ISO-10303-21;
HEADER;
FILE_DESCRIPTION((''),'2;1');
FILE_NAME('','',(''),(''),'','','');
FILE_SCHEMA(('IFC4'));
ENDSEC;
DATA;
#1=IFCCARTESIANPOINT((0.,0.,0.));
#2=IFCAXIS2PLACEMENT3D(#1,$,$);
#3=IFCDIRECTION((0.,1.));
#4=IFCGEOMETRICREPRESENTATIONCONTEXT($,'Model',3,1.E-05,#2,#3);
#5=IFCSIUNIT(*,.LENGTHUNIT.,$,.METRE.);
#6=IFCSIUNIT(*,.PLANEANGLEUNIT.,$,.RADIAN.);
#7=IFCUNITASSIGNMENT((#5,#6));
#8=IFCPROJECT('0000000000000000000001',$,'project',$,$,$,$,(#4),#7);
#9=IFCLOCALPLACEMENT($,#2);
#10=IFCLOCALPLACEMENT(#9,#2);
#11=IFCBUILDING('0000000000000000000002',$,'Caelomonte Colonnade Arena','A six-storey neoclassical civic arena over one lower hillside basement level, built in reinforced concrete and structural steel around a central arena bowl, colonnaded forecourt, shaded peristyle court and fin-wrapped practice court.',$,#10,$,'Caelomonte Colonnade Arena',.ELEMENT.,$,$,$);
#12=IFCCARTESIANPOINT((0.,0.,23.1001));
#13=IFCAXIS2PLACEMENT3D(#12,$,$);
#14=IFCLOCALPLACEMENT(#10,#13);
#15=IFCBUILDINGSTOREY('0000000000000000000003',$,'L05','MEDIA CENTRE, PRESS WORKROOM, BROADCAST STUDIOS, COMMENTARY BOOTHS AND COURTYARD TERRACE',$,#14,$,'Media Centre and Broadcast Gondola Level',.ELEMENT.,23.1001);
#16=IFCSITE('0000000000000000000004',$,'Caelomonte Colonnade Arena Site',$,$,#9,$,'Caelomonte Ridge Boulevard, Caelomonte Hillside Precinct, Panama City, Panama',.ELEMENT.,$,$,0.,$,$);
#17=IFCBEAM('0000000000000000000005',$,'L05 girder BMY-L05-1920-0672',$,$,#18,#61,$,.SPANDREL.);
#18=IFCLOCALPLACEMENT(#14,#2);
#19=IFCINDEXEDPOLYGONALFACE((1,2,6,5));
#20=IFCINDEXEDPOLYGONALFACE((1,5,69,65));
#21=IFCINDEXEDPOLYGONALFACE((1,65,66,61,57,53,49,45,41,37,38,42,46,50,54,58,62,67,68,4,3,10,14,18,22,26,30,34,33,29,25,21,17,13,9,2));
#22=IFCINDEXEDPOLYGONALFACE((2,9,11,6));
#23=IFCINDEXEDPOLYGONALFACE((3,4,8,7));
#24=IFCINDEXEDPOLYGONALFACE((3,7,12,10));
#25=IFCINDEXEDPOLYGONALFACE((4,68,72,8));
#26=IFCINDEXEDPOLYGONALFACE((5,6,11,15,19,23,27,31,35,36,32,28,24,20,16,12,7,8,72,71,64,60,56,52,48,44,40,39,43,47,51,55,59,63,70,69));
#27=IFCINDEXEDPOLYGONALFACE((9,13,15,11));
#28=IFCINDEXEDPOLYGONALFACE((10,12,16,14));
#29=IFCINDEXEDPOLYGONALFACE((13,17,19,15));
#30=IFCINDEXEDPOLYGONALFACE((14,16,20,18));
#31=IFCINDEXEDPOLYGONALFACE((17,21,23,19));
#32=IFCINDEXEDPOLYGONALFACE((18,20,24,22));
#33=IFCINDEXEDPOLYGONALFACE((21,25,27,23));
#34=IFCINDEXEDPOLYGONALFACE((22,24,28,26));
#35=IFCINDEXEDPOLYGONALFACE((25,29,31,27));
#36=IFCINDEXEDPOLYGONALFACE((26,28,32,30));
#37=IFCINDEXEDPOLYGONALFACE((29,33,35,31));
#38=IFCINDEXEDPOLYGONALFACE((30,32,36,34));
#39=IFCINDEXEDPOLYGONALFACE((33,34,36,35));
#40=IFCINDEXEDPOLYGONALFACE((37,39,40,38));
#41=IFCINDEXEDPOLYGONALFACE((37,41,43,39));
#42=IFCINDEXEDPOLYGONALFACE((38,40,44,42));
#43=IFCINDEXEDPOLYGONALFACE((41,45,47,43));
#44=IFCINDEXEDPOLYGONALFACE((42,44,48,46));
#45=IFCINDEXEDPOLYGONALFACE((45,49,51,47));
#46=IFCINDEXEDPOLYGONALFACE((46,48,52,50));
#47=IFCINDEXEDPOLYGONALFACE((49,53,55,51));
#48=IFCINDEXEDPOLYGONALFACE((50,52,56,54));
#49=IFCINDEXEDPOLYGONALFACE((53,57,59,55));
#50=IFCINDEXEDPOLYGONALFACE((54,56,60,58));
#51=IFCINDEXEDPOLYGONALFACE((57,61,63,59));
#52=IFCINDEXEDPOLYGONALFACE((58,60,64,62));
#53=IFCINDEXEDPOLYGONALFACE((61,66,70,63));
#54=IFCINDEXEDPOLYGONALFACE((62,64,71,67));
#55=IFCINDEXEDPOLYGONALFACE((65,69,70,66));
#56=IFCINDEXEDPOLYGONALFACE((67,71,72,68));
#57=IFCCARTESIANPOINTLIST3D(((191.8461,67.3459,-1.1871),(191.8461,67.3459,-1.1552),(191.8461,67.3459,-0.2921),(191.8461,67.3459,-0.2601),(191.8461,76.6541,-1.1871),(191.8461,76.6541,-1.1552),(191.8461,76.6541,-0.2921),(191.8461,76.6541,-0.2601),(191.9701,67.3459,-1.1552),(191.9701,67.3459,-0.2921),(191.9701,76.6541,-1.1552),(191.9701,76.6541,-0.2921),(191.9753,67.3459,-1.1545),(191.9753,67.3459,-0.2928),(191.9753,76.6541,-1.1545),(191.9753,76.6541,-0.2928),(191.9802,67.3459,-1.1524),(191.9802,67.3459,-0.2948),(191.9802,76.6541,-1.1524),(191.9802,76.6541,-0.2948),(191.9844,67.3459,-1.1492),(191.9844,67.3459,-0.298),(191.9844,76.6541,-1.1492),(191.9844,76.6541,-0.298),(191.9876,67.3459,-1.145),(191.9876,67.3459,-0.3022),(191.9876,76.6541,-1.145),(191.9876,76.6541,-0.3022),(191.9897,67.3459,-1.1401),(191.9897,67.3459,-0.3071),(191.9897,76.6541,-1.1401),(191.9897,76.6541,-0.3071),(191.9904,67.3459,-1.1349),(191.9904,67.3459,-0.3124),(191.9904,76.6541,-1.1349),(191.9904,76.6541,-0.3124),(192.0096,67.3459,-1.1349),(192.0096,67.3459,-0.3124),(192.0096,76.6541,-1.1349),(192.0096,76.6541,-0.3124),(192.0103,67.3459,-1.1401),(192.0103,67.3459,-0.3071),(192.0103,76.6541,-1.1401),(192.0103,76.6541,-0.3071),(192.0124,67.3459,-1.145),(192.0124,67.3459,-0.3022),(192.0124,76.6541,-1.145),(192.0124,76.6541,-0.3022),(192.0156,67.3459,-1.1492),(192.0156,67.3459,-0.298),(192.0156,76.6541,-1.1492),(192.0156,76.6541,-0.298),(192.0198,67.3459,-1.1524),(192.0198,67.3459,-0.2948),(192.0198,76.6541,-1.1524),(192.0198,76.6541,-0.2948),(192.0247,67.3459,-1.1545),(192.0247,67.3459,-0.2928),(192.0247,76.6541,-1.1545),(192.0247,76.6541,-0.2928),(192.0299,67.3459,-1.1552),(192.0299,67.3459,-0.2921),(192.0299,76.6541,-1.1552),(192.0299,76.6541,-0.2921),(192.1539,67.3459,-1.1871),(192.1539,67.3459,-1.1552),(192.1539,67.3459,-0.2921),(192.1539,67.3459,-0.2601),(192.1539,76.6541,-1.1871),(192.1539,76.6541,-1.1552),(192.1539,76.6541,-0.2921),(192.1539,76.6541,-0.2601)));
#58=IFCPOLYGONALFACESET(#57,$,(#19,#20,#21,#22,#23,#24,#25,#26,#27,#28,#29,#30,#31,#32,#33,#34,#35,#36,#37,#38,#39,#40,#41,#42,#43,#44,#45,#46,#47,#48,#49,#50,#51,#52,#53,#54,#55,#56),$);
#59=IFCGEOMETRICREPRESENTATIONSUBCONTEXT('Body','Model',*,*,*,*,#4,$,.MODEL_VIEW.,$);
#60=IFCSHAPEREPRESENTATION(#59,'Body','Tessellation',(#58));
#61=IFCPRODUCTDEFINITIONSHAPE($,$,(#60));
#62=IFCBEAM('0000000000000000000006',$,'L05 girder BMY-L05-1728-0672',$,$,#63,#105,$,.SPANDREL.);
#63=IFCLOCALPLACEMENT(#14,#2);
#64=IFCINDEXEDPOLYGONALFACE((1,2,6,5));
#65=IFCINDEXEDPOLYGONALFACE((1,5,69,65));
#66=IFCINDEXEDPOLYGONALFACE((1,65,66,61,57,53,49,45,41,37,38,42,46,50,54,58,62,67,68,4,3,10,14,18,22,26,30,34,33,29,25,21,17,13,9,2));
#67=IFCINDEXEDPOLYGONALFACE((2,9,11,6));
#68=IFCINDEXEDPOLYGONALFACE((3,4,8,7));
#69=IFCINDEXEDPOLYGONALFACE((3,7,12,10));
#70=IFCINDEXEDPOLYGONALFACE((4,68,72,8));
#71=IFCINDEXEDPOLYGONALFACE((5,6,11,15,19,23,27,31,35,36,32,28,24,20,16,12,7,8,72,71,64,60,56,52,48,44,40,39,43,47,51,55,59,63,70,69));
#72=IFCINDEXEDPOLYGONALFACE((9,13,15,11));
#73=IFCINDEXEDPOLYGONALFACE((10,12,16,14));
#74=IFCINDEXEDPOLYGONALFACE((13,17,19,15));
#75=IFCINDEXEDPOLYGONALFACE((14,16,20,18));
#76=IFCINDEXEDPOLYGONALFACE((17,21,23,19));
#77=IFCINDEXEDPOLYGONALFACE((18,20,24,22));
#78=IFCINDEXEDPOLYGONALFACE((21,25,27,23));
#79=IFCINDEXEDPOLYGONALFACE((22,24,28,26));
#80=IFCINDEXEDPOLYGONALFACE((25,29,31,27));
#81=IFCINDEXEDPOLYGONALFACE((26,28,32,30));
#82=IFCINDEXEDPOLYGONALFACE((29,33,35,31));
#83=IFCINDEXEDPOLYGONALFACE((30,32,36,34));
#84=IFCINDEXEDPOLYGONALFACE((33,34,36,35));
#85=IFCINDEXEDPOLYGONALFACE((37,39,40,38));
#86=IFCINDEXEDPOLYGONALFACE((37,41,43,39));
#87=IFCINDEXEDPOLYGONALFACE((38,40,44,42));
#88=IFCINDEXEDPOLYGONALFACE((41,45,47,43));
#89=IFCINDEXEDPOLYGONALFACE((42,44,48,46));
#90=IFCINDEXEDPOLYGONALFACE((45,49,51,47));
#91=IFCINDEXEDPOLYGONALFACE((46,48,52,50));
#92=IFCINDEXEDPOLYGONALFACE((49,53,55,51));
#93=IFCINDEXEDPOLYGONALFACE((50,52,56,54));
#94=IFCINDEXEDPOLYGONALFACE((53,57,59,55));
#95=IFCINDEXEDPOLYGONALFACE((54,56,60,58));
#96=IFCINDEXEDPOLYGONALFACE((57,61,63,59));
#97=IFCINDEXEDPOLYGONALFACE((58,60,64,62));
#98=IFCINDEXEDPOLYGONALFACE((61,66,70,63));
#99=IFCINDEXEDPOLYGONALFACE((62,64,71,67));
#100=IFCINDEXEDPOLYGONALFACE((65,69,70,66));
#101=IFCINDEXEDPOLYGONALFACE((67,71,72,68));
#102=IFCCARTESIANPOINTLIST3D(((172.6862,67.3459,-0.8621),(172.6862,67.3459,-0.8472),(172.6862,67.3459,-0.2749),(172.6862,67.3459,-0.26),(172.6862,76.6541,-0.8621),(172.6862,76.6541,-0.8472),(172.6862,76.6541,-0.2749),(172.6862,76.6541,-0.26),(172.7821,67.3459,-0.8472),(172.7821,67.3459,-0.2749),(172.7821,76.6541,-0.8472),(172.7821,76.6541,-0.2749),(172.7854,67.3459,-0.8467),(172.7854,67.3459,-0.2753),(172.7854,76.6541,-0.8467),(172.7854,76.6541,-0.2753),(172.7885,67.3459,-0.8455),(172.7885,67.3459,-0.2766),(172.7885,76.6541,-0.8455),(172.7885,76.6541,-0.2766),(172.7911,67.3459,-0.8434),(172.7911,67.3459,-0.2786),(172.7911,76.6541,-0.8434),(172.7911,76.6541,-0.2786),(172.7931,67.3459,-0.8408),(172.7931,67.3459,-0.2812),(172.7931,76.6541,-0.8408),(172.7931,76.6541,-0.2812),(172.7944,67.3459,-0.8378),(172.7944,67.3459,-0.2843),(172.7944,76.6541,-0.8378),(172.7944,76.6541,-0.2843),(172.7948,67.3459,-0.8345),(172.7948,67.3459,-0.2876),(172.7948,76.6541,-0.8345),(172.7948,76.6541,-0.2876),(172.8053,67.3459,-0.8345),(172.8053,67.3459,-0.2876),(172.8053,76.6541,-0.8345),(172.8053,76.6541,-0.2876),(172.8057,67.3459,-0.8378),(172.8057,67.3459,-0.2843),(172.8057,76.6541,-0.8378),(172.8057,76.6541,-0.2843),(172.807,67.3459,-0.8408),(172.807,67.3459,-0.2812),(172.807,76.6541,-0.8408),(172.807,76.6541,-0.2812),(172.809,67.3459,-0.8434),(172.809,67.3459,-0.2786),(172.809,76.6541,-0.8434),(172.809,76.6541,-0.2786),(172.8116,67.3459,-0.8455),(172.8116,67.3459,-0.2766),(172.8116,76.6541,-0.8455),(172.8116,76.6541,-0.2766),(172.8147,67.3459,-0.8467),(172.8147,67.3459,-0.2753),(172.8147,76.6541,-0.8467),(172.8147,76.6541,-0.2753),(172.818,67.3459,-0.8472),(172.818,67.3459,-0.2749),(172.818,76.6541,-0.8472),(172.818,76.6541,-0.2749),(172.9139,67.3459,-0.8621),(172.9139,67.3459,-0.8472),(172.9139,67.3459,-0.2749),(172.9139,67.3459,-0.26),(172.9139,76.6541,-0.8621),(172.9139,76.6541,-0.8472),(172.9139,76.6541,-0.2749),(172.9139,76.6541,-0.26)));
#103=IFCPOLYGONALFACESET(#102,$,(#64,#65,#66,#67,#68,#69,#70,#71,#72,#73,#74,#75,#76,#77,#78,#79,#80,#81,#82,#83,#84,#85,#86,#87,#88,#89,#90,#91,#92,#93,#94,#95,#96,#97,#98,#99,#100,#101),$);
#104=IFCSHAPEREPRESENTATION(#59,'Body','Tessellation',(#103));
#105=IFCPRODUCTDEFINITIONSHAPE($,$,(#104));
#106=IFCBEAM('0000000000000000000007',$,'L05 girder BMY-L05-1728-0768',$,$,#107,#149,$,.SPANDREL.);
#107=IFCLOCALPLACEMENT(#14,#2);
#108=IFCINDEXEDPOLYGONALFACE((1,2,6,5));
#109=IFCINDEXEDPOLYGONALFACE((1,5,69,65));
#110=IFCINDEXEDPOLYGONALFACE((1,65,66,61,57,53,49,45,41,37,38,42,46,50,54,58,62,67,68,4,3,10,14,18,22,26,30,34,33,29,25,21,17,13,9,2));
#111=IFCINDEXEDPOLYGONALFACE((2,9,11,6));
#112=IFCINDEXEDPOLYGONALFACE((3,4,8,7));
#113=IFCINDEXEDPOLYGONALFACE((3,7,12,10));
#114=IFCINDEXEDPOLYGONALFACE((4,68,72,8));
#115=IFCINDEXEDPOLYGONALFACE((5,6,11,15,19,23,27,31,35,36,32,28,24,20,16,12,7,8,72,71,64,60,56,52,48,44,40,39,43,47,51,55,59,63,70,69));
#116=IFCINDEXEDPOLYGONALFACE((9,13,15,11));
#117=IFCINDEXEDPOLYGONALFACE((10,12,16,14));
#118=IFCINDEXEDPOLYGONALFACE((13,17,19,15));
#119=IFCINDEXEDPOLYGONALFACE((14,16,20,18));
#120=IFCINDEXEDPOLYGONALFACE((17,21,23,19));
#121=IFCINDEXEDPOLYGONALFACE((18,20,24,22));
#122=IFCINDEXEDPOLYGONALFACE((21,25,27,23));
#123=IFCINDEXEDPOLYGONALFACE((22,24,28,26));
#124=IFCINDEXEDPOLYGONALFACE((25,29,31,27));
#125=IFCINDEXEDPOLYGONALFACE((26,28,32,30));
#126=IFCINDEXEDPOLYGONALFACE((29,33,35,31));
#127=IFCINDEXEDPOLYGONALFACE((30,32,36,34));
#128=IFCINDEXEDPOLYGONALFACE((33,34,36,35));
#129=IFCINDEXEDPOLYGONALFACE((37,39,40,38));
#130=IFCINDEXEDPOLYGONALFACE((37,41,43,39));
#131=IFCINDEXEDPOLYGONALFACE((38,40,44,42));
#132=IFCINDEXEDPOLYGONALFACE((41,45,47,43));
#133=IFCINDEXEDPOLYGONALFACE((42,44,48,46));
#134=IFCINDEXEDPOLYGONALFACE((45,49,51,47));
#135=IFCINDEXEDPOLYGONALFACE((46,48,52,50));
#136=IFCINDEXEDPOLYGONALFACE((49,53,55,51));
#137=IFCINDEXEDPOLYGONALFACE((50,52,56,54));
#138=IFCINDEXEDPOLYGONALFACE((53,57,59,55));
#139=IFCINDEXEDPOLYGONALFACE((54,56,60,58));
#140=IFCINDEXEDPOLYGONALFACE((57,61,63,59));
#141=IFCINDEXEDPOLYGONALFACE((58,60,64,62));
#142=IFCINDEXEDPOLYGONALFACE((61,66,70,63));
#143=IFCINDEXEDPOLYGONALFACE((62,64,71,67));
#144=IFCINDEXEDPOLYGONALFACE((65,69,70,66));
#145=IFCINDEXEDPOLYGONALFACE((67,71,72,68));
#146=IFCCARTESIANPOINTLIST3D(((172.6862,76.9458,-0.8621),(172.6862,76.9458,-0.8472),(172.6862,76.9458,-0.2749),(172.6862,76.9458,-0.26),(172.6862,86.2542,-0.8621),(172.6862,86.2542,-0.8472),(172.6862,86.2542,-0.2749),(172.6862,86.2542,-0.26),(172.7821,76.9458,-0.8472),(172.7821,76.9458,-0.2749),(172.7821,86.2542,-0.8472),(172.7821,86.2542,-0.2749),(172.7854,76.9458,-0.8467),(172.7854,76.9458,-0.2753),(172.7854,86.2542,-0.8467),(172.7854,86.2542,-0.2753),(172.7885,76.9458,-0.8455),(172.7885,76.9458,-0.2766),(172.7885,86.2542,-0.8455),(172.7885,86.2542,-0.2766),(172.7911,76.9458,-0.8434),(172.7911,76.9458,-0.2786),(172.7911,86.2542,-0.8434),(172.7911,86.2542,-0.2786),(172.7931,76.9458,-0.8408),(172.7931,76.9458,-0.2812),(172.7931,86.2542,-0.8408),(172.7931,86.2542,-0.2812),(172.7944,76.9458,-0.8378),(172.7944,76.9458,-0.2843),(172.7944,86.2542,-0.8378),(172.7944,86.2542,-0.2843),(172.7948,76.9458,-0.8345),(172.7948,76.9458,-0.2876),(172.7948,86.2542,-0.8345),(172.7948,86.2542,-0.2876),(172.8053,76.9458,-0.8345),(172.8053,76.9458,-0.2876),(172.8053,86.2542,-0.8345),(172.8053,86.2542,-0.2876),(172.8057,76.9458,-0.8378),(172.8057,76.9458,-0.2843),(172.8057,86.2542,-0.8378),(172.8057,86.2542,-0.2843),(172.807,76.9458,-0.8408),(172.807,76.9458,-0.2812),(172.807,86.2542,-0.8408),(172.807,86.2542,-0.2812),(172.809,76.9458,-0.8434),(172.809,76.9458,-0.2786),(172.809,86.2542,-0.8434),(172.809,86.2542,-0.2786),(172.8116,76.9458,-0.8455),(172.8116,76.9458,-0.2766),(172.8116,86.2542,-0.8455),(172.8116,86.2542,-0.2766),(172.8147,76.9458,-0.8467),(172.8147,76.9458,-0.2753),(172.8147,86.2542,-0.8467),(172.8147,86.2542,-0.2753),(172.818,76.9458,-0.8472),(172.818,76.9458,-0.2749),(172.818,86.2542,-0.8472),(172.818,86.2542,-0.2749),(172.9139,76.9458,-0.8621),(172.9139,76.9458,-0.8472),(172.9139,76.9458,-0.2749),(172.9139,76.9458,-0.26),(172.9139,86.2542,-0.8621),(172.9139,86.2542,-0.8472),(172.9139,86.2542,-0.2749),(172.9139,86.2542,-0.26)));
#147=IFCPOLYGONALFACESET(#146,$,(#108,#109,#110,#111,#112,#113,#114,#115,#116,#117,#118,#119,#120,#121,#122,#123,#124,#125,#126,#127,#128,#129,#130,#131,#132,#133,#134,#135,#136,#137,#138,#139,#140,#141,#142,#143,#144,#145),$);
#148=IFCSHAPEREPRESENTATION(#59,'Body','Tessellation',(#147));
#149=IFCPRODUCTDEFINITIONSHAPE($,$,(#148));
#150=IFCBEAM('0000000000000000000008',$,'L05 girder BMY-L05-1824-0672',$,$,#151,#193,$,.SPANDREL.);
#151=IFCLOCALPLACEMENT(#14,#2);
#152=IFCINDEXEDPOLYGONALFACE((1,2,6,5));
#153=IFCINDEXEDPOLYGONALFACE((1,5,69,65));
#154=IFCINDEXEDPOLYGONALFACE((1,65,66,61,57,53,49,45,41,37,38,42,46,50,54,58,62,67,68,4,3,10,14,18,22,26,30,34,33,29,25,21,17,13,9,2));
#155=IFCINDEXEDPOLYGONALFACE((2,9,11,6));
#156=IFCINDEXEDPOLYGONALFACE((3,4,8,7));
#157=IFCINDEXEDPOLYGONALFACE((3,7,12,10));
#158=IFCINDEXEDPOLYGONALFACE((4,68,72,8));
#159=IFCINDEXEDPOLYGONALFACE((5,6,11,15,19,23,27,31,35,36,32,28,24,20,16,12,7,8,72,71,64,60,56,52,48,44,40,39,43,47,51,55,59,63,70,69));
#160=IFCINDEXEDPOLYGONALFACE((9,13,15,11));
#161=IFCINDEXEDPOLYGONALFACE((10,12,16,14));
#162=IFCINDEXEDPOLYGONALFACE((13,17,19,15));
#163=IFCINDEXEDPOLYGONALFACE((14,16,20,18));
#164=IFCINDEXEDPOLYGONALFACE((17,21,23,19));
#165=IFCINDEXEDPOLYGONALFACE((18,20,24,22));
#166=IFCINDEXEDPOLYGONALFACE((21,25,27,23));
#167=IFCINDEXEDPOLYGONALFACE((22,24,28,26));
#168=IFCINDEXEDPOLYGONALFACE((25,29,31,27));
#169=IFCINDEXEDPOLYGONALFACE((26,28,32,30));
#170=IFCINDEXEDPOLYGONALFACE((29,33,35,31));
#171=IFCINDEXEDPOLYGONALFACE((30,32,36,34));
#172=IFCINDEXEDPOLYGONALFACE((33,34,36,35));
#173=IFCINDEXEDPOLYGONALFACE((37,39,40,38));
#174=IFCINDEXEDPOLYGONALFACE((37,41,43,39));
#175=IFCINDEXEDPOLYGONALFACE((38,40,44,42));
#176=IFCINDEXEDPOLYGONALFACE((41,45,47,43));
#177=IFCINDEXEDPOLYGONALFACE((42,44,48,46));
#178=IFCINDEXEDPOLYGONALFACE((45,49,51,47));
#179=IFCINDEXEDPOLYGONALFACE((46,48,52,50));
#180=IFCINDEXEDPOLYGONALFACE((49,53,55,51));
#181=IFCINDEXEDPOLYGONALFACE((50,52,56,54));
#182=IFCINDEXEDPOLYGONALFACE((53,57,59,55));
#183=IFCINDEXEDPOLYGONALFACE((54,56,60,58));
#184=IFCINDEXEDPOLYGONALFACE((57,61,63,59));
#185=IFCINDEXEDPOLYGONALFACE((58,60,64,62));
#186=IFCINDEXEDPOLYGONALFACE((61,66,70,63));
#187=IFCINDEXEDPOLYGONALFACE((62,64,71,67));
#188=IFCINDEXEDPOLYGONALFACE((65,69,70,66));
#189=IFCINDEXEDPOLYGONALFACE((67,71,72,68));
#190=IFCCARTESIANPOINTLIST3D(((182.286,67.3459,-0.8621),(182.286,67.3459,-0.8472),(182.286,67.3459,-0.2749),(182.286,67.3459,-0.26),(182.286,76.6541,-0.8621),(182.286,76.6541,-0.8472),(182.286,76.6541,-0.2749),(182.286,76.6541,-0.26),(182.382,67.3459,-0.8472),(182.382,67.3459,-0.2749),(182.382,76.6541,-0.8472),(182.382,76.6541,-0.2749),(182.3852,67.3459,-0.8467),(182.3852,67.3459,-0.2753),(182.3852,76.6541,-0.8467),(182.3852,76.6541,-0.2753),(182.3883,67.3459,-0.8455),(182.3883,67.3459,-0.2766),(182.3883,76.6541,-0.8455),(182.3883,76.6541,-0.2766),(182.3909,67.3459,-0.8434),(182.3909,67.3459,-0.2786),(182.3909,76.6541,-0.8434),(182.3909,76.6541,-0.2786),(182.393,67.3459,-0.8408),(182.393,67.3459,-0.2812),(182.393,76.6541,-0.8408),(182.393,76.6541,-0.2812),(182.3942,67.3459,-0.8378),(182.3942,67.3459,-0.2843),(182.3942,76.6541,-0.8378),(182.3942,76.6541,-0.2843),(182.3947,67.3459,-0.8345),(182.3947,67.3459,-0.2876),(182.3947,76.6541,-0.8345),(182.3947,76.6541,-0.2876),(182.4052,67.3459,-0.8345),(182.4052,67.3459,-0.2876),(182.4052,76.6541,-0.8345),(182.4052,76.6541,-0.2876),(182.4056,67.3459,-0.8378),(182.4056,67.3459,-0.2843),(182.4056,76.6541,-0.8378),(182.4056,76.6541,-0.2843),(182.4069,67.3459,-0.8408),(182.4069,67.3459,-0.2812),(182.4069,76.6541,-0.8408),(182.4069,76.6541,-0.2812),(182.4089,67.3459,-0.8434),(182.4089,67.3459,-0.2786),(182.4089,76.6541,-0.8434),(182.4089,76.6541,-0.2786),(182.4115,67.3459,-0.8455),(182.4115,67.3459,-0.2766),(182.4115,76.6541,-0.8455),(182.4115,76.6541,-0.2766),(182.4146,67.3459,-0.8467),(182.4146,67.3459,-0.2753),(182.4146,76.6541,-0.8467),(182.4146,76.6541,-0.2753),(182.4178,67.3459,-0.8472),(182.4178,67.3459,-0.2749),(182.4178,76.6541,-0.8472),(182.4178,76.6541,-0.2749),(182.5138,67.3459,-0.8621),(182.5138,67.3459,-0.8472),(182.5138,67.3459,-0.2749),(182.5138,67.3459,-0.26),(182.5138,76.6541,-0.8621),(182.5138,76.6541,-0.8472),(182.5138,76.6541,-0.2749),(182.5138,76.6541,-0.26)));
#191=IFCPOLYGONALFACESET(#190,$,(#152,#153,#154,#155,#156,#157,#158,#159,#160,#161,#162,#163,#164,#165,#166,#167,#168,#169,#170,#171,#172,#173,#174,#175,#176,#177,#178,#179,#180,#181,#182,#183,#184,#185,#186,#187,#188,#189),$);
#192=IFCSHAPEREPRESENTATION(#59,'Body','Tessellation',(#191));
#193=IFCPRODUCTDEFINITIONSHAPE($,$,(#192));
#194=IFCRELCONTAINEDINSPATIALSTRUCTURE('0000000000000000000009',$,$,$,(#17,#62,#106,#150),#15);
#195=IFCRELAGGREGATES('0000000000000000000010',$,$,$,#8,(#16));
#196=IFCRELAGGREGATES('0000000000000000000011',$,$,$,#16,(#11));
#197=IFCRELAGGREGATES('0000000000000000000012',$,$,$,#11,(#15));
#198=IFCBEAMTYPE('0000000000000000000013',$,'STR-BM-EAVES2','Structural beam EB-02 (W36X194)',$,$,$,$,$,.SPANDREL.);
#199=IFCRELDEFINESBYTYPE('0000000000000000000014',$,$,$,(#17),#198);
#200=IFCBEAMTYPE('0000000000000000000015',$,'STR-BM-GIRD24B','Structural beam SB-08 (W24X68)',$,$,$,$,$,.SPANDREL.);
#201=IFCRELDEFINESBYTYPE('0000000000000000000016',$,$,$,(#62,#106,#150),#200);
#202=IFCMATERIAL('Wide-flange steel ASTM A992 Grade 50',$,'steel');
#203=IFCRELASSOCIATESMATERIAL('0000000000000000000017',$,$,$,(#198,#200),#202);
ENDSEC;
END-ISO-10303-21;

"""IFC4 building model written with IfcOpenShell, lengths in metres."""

from ifc_helpers import new_model, si_unit, direction, frame, origin, origin_2d, place, context, subcontext, project, spatial, i_section, extrude, material, material_profile, profile_set, type_object, element, save


model = new_model("IFC4")

# Units and contexts
model_context = context("Model", 3, precision=1e-05, world=origin(), true_north=direction((0.0, 1.0)))
body_context = subcontext(model_context, "Body", "Model", "MODEL_VIEW")
ifc_project = project(units=[si_unit("LENGTHUNIT", "METRE"), si_unit("PLANEANGLEUNIT", "RADIAN")], contexts=[model_context])

# Site, building, storey
site_placement = place(None, origin())
site = spatial("IfcSite", under=ifc_project, at=site_placement, Name="Caelomonte Colonnade Arena Site", LongName="Caelomonte Ridge Boulevard, Caelomonte Hillside Precinct, Panama City, Panama", CompositionType="ELEMENT", RefElevation=0.0)
building_placement = place(site_placement, origin())
building = spatial("IfcBuilding", under=site, at=building_placement, Name="Caelomonte Colonnade Arena", Description="A six-storey neoclassical civic arena over one lower hillside basement level, built in reinforced concrete and structural steel around a central arena bowl, colonnaded forecourt, shaded peristyle court and fin-wrapped practice court.", LongName="Caelomonte Colonnade Arena", CompositionType="ELEMENT")
storey_placement = place(building_placement, frame((0.0, 0.0, 23.1001)))
storey = spatial("IfcBuildingStorey", under=building, at=storey_placement, Name="L05", Description="MEDIA CENTRE, PRESS WORKROOM, BROADCAST STUDIOS, COMMENTARY BOOTHS AND COURTYARD TERRACE", LongName="Media Centre and Broadcast Gondola Level", CompositionType="ELEMENT", Elevation=23.1001)

# Beams
ifc_material_1 = material(Name="Wide-flange steel ASTM A992 Grade 50", Category="steel")
ifc_material_profile_1 = material_profile(ifc_material_1, i_section(OverallWidth=0.3079, OverallDepth=0.927, WebThickness=0.0193, FlangeThickness=0.032, FilletRadius=0.0203, at=origin_2d()), Name="W36X194")
ifc_profile_set_1 = profile_set([ifc_material_profile_1], Name="Wide-flange steel ASTM A992 Grade 50")
beam_type_1 = type_object("IfcBeamType", Name="STR-BM-EAVES2", Description="Structural beam EB-02 (W36X194)", PredefinedType="SPANDREL", material=ifc_profile_set_1)
beam_1_placement = place(storey_placement, frame((192.0, 67.3459, -0.7236), z_axis=(0.0, 1.0, 0.0), x_axis=(-1.0, 0.0, 0.0)))
element("IfcBeam", 1, at=beam_1_placement, inside=storey, type_object=beam_type_1, Name="L05 girder BMY-L05-1920-0672", PredefinedType="SPANDREL", context=body_context, shape_type="SweptSolid", body=[
    extrude(i_section(OverallWidth=0.3079, OverallDepth=0.927, WebThickness=0.0193, FlangeThickness=0.032, FilletRadius=0.0203, at=origin_2d()), origin(), (0.0, 0.0, 1.0), 9.3081),
])
ifc_material_profile_2 = material_profile(ifc_material_1, i_section(OverallWidth=0.2278, OverallDepth=0.6021, WebThickness=0.0105, FlangeThickness=0.0149, FilletRadius=0.0127, at=origin_2d()), Name="W24X68")
ifc_profile_set_2 = profile_set([ifc_material_profile_2], Name="Wide-flange steel ASTM A992 Grade 50")
beam_type_2 = type_object("IfcBeamType", Name="STR-BM-GIRD24B", Description="Structural beam SB-08 (W24X68)", PredefinedType="SPANDREL", material=ifc_profile_set_2)
beam_2_placement = place(storey_placement, frame((172.8, 67.3459, -0.561), z_axis=(0.0, 1.0, 0.0), x_axis=(-1.0, 0.0, 0.0)))
element("IfcBeam", 2, at=beam_2_placement, inside=storey, type_object=beam_type_2, Name="L05 girder BMY-L05-1728-0672", PredefinedType="SPANDREL", context=body_context, shape_type="SweptSolid", body=[
    extrude(i_section(OverallWidth=0.2278, OverallDepth=0.6021, WebThickness=0.0105, FlangeThickness=0.0149, FilletRadius=0.0127, at=origin_2d()), origin(), (0.0, 0.0, 1.0), 9.3081),
])
beam_3_placement = place(storey_placement, frame((172.8, 76.9458, -0.561), z_axis=(0.0, 1.0, 0.0), x_axis=(-1.0, 0.0, 0.0)))
element("IfcBeam", 3, at=beam_3_placement, inside=storey, type_object=beam_type_2, Name="L05 girder BMY-L05-1728-0768", PredefinedType="SPANDREL", context=body_context, shape_type="SweptSolid", body=[
    extrude(i_section(OverallWidth=0.2278, OverallDepth=0.6021, WebThickness=0.0105, FlangeThickness=0.0149, FilletRadius=0.0127, at=origin_2d()), origin(), (0.0, 0.0, 1.0), 9.3083),
])
beam_4_placement = place(storey_placement, frame((182.3999, 67.3459, -0.561), z_axis=(0.0, 1.0, 0.0), x_axis=(-1.0, 0.0, 0.0)))
element("IfcBeam", 4, at=beam_4_placement, inside=storey, type_object=beam_type_2, Name="L05 girder BMY-L05-1824-0672", PredefinedType="SPANDREL", context=body_context, shape_type="SweptSolid", body=[
    extrude(i_section(OverallWidth=0.2278, OverallDepth=0.6021, WebThickness=0.0105, FlangeThickness=0.0149, FilletRadius=0.0127, at=origin_2d()), origin(), (0.0, 0.0, 1.0), 9.3081),
])

save(model, "model.ifc")
